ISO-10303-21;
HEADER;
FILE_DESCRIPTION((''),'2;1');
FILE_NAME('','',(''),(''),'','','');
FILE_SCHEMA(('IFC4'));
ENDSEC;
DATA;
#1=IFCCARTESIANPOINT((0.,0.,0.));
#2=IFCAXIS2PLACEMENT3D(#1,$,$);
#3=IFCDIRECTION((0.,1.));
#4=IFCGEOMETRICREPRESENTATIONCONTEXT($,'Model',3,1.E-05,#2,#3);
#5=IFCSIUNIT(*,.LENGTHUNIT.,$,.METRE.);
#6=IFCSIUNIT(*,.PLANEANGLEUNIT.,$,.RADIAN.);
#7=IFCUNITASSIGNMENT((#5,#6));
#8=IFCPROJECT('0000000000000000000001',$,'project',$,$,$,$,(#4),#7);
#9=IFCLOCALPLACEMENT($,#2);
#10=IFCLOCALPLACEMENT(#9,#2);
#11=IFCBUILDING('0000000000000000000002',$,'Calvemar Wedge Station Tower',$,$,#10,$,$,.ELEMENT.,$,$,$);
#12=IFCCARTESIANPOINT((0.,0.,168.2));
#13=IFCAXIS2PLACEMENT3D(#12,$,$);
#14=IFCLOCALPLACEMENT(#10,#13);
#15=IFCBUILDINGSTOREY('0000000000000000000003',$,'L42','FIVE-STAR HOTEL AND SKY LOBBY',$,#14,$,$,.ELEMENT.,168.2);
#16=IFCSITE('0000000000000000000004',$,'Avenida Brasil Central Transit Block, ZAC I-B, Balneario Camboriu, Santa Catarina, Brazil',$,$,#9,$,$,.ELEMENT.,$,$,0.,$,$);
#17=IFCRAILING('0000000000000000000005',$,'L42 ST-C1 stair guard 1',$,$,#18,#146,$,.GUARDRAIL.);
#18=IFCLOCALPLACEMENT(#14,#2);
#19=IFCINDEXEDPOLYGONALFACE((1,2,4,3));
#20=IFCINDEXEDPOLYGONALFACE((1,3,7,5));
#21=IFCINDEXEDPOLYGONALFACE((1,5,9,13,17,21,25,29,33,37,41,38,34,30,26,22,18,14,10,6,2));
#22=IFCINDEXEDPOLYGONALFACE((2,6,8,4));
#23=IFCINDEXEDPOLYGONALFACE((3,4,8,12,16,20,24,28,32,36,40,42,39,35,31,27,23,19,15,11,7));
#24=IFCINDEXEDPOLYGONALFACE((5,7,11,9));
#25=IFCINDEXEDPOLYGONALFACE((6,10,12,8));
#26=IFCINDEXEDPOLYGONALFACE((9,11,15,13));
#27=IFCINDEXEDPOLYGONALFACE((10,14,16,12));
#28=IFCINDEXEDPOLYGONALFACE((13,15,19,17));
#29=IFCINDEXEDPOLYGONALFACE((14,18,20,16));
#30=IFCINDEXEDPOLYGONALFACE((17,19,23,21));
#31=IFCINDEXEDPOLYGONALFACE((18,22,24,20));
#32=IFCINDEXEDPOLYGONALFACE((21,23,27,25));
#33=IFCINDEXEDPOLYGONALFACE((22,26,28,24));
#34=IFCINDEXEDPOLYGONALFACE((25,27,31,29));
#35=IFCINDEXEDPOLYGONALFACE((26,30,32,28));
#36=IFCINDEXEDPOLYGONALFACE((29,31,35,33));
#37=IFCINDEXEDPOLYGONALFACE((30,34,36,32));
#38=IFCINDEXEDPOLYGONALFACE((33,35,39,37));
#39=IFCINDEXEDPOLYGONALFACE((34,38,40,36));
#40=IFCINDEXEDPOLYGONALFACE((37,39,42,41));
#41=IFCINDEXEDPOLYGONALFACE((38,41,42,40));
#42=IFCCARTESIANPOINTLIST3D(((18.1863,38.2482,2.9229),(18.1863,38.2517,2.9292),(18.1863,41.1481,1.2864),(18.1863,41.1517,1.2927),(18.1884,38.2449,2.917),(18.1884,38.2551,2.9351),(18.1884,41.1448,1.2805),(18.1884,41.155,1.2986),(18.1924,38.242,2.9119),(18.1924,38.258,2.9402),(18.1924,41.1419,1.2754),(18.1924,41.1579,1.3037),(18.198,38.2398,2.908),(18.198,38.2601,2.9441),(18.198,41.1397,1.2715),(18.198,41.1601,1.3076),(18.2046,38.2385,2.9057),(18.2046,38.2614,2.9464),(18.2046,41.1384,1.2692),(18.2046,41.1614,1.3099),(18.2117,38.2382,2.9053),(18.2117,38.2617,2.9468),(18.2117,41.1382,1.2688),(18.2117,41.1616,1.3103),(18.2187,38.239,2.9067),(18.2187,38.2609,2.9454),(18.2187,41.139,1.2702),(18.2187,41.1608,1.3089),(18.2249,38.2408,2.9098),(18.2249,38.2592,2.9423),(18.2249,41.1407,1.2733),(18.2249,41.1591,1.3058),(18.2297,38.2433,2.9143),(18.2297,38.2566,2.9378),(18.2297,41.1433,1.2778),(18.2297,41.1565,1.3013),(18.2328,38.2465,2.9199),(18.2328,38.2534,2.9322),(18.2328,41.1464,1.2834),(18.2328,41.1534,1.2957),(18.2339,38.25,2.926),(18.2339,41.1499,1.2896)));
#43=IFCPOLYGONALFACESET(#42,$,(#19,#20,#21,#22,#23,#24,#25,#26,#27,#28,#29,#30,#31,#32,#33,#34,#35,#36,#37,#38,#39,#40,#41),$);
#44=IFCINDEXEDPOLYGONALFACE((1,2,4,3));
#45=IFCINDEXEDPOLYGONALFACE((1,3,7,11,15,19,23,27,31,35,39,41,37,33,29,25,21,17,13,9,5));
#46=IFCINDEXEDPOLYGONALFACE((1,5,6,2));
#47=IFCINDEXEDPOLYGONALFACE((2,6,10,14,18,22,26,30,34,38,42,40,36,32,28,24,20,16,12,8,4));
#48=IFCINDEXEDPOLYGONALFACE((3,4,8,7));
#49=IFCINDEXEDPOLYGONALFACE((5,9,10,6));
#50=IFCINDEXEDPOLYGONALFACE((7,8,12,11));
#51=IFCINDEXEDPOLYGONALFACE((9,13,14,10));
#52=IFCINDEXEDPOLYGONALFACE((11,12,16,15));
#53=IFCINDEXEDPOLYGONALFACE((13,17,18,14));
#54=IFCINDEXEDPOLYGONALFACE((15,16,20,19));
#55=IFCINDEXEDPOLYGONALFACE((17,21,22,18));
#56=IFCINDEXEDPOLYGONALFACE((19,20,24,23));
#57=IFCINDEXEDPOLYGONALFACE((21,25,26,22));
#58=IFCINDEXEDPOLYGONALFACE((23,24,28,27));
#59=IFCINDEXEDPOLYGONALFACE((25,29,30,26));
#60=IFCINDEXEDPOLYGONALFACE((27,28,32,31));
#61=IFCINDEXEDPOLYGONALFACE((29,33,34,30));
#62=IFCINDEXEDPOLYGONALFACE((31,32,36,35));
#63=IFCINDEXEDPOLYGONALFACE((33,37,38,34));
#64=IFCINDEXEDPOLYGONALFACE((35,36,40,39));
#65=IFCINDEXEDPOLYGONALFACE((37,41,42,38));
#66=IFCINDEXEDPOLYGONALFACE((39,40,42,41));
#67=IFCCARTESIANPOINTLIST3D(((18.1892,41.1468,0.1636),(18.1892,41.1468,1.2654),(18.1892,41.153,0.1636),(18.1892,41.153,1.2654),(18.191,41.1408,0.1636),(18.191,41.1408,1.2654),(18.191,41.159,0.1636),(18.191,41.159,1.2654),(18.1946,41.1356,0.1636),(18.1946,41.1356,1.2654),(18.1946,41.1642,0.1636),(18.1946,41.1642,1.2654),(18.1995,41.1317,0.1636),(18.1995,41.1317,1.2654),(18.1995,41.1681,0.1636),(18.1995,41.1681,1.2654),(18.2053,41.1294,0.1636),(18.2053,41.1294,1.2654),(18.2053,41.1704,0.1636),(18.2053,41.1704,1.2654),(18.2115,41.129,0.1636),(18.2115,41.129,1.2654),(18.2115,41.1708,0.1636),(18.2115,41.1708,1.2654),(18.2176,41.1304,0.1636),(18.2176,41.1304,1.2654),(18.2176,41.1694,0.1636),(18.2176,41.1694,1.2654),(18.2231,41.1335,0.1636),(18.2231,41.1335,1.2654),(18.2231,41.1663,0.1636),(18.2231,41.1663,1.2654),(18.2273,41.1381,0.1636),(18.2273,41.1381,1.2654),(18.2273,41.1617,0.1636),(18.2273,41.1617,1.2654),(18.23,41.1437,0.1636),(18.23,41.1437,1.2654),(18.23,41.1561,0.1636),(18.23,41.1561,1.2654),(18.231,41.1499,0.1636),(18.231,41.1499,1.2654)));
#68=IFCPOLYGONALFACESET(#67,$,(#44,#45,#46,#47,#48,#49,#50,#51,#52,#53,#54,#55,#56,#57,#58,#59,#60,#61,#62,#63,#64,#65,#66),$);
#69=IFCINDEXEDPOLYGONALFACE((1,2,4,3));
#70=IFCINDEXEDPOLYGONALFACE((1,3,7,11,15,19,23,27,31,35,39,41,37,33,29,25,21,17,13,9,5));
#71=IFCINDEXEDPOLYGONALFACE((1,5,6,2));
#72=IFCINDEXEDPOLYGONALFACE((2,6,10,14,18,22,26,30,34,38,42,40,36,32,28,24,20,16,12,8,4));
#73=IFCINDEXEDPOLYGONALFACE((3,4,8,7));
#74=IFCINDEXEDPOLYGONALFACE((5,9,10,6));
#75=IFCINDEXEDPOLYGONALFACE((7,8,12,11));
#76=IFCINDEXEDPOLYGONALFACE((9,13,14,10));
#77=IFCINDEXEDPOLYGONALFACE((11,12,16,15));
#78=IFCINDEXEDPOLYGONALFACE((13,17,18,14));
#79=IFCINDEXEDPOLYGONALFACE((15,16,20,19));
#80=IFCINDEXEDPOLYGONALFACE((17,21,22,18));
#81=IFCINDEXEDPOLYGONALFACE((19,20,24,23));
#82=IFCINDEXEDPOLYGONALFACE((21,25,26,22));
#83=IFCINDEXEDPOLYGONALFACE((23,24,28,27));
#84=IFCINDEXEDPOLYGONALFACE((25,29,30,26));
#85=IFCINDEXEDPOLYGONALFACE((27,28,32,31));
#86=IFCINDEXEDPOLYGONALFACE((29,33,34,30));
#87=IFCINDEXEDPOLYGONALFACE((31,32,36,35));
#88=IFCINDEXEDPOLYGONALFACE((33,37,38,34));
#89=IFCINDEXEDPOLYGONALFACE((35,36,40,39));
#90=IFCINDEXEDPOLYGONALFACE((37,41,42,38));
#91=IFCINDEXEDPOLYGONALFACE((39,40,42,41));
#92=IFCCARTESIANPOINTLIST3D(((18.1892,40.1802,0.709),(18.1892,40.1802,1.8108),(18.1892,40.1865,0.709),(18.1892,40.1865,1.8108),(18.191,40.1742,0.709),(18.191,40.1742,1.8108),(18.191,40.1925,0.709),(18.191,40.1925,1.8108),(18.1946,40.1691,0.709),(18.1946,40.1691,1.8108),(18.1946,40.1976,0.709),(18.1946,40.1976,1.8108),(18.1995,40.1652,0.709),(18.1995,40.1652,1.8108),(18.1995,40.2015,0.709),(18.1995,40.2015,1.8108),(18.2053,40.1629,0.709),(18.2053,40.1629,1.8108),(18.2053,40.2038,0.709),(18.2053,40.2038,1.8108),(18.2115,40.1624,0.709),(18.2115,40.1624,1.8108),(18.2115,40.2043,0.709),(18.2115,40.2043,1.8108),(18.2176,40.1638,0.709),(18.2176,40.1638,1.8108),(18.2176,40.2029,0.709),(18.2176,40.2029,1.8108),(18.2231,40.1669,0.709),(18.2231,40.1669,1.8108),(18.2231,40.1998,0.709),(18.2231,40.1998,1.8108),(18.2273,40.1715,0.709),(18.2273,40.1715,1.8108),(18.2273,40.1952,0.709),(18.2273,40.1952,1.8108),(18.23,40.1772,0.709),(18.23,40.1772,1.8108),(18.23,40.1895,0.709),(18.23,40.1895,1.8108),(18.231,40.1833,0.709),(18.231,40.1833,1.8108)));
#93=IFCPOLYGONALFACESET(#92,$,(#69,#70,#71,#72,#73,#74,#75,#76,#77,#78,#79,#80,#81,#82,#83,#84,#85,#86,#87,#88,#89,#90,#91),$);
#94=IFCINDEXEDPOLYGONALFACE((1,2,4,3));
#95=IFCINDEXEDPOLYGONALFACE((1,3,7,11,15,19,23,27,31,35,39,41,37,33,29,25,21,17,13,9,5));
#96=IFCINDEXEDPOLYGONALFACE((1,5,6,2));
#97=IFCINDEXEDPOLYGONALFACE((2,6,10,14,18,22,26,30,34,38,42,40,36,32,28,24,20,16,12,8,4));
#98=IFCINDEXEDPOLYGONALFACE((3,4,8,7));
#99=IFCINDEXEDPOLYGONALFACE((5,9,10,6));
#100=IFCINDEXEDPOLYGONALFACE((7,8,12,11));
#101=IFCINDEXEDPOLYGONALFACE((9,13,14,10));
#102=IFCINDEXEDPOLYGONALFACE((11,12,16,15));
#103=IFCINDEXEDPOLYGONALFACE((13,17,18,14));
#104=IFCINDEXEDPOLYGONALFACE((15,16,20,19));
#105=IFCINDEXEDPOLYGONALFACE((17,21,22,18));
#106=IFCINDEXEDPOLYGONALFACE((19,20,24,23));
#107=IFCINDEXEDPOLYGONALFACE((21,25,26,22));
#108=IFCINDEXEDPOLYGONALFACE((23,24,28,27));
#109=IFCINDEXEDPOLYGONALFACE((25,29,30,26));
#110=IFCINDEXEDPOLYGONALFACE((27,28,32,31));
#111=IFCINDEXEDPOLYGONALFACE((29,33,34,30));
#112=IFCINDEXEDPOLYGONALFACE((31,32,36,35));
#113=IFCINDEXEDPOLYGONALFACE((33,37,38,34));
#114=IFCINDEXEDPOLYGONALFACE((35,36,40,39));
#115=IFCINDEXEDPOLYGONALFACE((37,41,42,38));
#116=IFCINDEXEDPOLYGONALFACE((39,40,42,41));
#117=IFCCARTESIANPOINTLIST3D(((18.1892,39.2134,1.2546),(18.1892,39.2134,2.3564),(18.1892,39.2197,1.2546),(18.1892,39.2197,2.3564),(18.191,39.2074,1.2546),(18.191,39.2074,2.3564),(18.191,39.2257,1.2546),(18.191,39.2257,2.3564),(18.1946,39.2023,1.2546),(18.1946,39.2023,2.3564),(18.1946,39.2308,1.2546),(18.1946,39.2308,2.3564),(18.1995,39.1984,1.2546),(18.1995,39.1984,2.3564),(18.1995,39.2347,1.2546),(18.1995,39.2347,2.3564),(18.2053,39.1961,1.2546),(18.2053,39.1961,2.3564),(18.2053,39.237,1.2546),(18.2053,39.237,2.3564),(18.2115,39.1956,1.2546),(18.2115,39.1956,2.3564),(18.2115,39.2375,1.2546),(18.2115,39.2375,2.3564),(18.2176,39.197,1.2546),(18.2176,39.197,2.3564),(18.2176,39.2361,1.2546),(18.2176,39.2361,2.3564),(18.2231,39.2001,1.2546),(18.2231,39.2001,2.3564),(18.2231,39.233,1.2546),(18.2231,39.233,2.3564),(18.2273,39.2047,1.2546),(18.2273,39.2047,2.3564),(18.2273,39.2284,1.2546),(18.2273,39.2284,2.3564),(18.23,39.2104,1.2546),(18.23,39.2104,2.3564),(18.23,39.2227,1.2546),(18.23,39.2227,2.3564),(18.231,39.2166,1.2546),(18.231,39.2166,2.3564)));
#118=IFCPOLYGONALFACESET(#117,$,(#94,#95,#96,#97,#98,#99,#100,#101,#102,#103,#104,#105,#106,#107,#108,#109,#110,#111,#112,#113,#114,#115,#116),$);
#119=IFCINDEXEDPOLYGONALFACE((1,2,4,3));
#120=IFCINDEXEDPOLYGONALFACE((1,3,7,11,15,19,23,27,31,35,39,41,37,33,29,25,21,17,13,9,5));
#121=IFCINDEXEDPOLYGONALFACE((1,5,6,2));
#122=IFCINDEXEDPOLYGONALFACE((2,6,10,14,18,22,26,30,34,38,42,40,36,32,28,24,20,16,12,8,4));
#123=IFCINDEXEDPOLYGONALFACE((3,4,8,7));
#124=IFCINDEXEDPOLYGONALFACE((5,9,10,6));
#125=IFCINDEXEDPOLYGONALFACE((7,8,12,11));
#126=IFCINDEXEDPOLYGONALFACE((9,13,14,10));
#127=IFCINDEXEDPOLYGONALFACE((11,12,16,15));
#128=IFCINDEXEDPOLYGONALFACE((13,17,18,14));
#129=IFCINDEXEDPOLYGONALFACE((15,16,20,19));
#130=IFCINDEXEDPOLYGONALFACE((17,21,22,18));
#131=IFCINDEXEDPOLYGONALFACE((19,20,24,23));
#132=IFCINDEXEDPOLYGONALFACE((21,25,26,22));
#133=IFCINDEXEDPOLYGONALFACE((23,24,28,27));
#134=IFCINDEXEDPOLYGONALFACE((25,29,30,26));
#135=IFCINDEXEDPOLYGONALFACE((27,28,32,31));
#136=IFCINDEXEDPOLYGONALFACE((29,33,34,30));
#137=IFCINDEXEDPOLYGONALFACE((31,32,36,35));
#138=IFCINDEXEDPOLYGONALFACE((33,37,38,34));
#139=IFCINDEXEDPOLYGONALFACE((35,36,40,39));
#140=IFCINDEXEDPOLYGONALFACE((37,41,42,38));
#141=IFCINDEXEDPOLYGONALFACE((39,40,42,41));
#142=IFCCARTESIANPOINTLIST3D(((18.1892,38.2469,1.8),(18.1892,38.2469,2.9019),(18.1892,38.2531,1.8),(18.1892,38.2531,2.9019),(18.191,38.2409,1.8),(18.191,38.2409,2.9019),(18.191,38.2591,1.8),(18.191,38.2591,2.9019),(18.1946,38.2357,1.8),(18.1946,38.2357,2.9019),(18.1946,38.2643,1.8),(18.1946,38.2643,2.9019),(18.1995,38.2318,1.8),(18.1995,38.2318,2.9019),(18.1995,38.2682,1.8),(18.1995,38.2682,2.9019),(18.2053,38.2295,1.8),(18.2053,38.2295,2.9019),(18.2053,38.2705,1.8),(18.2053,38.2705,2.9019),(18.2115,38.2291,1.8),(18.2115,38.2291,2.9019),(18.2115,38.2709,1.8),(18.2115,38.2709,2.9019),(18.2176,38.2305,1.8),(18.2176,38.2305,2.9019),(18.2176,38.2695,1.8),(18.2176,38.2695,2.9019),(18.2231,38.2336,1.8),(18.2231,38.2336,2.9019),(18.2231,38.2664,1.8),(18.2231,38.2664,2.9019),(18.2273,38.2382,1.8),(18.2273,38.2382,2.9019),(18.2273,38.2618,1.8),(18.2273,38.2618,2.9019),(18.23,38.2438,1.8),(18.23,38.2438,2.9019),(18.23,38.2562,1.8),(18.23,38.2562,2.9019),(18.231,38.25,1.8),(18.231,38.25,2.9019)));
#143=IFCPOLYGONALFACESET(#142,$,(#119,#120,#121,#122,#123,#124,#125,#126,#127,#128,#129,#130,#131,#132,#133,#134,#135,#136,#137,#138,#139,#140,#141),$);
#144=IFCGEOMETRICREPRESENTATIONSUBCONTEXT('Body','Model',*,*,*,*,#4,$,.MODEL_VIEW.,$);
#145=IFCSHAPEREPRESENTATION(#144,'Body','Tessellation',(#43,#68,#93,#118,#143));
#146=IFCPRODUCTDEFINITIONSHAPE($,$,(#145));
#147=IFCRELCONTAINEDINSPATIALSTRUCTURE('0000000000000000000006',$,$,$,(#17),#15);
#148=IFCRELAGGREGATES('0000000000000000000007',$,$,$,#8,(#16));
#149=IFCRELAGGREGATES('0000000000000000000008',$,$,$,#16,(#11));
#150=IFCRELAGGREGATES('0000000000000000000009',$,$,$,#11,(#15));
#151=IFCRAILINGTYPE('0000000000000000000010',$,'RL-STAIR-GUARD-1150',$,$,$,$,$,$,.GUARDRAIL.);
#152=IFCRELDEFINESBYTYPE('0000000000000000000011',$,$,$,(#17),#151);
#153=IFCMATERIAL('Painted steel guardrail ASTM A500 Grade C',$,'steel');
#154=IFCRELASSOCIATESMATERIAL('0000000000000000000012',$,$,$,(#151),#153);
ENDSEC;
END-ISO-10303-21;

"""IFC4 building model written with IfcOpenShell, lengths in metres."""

from ifc_helpers import new_model, si_unit, direction, frame, origin, origin_2d, place, context, subcontext, project, spatial, circle, extrude, material, type_object, element, save


model = new_model("IFC4")

# Units and contexts
model_context = context("Model", 3, precision=1e-05, world=origin(), true_north=direction((0.0, 1.0)))
body_context = subcontext(model_context, "Body", "Model", "MODEL_VIEW")
ifc_project = project(units=[si_unit("LENGTHUNIT", "METRE"), si_unit("PLANEANGLEUNIT", "RADIAN")], contexts=[model_context])

# Site, building, storey
site_placement = place(None, origin())
site = spatial("IfcSite", under=ifc_project, at=site_placement, Name="Avenida Brasil Central Transit Block, ZAC I-B, Balneario Camboriu, Santa Catarina, Brazil", CompositionType="ELEMENT", RefElevation=0.0)
building_placement = place(site_placement, origin())
building = spatial("IfcBuilding", under=site, at=building_placement, Name="Calvemar Wedge Station Tower", CompositionType="ELEMENT")
storey_placement = place(building_placement, frame((0.0, 0.0, 168.2)))
storey = spatial("IfcBuildingStorey", under=building, at=storey_placement, Name="L42", Description="FIVE-STAR HOTEL AND SKY LOBBY", CompositionType="ELEMENT", Elevation=168.2)

# Railing
ifc_material_1 = material(Name="Painted steel guardrail ASTM A500 Grade C", Category="steel")
railing_type_1 = type_object("IfcRailingType", Name="RL-STAIR-GUARD-1150", PredefinedType="GUARDRAIL", material=ifc_material_1)
railing_1_placement = place(storey_placement, frame((18.21, 41.1499, 0.1636)))
element("IfcRailing", 1, at=railing_1_placement, inside=storey, type_object=railing_type_1, Name="L42 ST-C1 stair guard 1", PredefinedType="GUARDRAIL", context=body_context, shape_type="SweptSolid", body=[
    extrude(circle(Radius=0.0239, at=origin_2d()), frame((0.0, 0.0, 1.126), z_axis=(0.0, -0.870897, 0.491465), x_axis=(1.0, 0.0, 0.0)), (0.0, 0.0, 1.0), 3.3298),
    extrude(circle(Radius=0.021, at=origin_2d()), origin(), (0.0, 0.0, 1.0), 1.1018),
    extrude(circle(Radius=0.021, at=origin_2d()), frame((0.0, -0.9666, 0.5454)), (0.0, 0.0, 1.0), 1.1018),
    extrude(circle(Radius=0.021, at=origin_2d()), frame((0.0, -1.9333, 1.0911)), (0.0, 0.0, 1.0), 1.1018),
    extrude(circle(Radius=0.021, at=origin_2d()), frame((0.0, -2.8999, 1.6365)), (0.0, 0.0, 1.0), 1.1018),
])

save(model, "model.ifc")
